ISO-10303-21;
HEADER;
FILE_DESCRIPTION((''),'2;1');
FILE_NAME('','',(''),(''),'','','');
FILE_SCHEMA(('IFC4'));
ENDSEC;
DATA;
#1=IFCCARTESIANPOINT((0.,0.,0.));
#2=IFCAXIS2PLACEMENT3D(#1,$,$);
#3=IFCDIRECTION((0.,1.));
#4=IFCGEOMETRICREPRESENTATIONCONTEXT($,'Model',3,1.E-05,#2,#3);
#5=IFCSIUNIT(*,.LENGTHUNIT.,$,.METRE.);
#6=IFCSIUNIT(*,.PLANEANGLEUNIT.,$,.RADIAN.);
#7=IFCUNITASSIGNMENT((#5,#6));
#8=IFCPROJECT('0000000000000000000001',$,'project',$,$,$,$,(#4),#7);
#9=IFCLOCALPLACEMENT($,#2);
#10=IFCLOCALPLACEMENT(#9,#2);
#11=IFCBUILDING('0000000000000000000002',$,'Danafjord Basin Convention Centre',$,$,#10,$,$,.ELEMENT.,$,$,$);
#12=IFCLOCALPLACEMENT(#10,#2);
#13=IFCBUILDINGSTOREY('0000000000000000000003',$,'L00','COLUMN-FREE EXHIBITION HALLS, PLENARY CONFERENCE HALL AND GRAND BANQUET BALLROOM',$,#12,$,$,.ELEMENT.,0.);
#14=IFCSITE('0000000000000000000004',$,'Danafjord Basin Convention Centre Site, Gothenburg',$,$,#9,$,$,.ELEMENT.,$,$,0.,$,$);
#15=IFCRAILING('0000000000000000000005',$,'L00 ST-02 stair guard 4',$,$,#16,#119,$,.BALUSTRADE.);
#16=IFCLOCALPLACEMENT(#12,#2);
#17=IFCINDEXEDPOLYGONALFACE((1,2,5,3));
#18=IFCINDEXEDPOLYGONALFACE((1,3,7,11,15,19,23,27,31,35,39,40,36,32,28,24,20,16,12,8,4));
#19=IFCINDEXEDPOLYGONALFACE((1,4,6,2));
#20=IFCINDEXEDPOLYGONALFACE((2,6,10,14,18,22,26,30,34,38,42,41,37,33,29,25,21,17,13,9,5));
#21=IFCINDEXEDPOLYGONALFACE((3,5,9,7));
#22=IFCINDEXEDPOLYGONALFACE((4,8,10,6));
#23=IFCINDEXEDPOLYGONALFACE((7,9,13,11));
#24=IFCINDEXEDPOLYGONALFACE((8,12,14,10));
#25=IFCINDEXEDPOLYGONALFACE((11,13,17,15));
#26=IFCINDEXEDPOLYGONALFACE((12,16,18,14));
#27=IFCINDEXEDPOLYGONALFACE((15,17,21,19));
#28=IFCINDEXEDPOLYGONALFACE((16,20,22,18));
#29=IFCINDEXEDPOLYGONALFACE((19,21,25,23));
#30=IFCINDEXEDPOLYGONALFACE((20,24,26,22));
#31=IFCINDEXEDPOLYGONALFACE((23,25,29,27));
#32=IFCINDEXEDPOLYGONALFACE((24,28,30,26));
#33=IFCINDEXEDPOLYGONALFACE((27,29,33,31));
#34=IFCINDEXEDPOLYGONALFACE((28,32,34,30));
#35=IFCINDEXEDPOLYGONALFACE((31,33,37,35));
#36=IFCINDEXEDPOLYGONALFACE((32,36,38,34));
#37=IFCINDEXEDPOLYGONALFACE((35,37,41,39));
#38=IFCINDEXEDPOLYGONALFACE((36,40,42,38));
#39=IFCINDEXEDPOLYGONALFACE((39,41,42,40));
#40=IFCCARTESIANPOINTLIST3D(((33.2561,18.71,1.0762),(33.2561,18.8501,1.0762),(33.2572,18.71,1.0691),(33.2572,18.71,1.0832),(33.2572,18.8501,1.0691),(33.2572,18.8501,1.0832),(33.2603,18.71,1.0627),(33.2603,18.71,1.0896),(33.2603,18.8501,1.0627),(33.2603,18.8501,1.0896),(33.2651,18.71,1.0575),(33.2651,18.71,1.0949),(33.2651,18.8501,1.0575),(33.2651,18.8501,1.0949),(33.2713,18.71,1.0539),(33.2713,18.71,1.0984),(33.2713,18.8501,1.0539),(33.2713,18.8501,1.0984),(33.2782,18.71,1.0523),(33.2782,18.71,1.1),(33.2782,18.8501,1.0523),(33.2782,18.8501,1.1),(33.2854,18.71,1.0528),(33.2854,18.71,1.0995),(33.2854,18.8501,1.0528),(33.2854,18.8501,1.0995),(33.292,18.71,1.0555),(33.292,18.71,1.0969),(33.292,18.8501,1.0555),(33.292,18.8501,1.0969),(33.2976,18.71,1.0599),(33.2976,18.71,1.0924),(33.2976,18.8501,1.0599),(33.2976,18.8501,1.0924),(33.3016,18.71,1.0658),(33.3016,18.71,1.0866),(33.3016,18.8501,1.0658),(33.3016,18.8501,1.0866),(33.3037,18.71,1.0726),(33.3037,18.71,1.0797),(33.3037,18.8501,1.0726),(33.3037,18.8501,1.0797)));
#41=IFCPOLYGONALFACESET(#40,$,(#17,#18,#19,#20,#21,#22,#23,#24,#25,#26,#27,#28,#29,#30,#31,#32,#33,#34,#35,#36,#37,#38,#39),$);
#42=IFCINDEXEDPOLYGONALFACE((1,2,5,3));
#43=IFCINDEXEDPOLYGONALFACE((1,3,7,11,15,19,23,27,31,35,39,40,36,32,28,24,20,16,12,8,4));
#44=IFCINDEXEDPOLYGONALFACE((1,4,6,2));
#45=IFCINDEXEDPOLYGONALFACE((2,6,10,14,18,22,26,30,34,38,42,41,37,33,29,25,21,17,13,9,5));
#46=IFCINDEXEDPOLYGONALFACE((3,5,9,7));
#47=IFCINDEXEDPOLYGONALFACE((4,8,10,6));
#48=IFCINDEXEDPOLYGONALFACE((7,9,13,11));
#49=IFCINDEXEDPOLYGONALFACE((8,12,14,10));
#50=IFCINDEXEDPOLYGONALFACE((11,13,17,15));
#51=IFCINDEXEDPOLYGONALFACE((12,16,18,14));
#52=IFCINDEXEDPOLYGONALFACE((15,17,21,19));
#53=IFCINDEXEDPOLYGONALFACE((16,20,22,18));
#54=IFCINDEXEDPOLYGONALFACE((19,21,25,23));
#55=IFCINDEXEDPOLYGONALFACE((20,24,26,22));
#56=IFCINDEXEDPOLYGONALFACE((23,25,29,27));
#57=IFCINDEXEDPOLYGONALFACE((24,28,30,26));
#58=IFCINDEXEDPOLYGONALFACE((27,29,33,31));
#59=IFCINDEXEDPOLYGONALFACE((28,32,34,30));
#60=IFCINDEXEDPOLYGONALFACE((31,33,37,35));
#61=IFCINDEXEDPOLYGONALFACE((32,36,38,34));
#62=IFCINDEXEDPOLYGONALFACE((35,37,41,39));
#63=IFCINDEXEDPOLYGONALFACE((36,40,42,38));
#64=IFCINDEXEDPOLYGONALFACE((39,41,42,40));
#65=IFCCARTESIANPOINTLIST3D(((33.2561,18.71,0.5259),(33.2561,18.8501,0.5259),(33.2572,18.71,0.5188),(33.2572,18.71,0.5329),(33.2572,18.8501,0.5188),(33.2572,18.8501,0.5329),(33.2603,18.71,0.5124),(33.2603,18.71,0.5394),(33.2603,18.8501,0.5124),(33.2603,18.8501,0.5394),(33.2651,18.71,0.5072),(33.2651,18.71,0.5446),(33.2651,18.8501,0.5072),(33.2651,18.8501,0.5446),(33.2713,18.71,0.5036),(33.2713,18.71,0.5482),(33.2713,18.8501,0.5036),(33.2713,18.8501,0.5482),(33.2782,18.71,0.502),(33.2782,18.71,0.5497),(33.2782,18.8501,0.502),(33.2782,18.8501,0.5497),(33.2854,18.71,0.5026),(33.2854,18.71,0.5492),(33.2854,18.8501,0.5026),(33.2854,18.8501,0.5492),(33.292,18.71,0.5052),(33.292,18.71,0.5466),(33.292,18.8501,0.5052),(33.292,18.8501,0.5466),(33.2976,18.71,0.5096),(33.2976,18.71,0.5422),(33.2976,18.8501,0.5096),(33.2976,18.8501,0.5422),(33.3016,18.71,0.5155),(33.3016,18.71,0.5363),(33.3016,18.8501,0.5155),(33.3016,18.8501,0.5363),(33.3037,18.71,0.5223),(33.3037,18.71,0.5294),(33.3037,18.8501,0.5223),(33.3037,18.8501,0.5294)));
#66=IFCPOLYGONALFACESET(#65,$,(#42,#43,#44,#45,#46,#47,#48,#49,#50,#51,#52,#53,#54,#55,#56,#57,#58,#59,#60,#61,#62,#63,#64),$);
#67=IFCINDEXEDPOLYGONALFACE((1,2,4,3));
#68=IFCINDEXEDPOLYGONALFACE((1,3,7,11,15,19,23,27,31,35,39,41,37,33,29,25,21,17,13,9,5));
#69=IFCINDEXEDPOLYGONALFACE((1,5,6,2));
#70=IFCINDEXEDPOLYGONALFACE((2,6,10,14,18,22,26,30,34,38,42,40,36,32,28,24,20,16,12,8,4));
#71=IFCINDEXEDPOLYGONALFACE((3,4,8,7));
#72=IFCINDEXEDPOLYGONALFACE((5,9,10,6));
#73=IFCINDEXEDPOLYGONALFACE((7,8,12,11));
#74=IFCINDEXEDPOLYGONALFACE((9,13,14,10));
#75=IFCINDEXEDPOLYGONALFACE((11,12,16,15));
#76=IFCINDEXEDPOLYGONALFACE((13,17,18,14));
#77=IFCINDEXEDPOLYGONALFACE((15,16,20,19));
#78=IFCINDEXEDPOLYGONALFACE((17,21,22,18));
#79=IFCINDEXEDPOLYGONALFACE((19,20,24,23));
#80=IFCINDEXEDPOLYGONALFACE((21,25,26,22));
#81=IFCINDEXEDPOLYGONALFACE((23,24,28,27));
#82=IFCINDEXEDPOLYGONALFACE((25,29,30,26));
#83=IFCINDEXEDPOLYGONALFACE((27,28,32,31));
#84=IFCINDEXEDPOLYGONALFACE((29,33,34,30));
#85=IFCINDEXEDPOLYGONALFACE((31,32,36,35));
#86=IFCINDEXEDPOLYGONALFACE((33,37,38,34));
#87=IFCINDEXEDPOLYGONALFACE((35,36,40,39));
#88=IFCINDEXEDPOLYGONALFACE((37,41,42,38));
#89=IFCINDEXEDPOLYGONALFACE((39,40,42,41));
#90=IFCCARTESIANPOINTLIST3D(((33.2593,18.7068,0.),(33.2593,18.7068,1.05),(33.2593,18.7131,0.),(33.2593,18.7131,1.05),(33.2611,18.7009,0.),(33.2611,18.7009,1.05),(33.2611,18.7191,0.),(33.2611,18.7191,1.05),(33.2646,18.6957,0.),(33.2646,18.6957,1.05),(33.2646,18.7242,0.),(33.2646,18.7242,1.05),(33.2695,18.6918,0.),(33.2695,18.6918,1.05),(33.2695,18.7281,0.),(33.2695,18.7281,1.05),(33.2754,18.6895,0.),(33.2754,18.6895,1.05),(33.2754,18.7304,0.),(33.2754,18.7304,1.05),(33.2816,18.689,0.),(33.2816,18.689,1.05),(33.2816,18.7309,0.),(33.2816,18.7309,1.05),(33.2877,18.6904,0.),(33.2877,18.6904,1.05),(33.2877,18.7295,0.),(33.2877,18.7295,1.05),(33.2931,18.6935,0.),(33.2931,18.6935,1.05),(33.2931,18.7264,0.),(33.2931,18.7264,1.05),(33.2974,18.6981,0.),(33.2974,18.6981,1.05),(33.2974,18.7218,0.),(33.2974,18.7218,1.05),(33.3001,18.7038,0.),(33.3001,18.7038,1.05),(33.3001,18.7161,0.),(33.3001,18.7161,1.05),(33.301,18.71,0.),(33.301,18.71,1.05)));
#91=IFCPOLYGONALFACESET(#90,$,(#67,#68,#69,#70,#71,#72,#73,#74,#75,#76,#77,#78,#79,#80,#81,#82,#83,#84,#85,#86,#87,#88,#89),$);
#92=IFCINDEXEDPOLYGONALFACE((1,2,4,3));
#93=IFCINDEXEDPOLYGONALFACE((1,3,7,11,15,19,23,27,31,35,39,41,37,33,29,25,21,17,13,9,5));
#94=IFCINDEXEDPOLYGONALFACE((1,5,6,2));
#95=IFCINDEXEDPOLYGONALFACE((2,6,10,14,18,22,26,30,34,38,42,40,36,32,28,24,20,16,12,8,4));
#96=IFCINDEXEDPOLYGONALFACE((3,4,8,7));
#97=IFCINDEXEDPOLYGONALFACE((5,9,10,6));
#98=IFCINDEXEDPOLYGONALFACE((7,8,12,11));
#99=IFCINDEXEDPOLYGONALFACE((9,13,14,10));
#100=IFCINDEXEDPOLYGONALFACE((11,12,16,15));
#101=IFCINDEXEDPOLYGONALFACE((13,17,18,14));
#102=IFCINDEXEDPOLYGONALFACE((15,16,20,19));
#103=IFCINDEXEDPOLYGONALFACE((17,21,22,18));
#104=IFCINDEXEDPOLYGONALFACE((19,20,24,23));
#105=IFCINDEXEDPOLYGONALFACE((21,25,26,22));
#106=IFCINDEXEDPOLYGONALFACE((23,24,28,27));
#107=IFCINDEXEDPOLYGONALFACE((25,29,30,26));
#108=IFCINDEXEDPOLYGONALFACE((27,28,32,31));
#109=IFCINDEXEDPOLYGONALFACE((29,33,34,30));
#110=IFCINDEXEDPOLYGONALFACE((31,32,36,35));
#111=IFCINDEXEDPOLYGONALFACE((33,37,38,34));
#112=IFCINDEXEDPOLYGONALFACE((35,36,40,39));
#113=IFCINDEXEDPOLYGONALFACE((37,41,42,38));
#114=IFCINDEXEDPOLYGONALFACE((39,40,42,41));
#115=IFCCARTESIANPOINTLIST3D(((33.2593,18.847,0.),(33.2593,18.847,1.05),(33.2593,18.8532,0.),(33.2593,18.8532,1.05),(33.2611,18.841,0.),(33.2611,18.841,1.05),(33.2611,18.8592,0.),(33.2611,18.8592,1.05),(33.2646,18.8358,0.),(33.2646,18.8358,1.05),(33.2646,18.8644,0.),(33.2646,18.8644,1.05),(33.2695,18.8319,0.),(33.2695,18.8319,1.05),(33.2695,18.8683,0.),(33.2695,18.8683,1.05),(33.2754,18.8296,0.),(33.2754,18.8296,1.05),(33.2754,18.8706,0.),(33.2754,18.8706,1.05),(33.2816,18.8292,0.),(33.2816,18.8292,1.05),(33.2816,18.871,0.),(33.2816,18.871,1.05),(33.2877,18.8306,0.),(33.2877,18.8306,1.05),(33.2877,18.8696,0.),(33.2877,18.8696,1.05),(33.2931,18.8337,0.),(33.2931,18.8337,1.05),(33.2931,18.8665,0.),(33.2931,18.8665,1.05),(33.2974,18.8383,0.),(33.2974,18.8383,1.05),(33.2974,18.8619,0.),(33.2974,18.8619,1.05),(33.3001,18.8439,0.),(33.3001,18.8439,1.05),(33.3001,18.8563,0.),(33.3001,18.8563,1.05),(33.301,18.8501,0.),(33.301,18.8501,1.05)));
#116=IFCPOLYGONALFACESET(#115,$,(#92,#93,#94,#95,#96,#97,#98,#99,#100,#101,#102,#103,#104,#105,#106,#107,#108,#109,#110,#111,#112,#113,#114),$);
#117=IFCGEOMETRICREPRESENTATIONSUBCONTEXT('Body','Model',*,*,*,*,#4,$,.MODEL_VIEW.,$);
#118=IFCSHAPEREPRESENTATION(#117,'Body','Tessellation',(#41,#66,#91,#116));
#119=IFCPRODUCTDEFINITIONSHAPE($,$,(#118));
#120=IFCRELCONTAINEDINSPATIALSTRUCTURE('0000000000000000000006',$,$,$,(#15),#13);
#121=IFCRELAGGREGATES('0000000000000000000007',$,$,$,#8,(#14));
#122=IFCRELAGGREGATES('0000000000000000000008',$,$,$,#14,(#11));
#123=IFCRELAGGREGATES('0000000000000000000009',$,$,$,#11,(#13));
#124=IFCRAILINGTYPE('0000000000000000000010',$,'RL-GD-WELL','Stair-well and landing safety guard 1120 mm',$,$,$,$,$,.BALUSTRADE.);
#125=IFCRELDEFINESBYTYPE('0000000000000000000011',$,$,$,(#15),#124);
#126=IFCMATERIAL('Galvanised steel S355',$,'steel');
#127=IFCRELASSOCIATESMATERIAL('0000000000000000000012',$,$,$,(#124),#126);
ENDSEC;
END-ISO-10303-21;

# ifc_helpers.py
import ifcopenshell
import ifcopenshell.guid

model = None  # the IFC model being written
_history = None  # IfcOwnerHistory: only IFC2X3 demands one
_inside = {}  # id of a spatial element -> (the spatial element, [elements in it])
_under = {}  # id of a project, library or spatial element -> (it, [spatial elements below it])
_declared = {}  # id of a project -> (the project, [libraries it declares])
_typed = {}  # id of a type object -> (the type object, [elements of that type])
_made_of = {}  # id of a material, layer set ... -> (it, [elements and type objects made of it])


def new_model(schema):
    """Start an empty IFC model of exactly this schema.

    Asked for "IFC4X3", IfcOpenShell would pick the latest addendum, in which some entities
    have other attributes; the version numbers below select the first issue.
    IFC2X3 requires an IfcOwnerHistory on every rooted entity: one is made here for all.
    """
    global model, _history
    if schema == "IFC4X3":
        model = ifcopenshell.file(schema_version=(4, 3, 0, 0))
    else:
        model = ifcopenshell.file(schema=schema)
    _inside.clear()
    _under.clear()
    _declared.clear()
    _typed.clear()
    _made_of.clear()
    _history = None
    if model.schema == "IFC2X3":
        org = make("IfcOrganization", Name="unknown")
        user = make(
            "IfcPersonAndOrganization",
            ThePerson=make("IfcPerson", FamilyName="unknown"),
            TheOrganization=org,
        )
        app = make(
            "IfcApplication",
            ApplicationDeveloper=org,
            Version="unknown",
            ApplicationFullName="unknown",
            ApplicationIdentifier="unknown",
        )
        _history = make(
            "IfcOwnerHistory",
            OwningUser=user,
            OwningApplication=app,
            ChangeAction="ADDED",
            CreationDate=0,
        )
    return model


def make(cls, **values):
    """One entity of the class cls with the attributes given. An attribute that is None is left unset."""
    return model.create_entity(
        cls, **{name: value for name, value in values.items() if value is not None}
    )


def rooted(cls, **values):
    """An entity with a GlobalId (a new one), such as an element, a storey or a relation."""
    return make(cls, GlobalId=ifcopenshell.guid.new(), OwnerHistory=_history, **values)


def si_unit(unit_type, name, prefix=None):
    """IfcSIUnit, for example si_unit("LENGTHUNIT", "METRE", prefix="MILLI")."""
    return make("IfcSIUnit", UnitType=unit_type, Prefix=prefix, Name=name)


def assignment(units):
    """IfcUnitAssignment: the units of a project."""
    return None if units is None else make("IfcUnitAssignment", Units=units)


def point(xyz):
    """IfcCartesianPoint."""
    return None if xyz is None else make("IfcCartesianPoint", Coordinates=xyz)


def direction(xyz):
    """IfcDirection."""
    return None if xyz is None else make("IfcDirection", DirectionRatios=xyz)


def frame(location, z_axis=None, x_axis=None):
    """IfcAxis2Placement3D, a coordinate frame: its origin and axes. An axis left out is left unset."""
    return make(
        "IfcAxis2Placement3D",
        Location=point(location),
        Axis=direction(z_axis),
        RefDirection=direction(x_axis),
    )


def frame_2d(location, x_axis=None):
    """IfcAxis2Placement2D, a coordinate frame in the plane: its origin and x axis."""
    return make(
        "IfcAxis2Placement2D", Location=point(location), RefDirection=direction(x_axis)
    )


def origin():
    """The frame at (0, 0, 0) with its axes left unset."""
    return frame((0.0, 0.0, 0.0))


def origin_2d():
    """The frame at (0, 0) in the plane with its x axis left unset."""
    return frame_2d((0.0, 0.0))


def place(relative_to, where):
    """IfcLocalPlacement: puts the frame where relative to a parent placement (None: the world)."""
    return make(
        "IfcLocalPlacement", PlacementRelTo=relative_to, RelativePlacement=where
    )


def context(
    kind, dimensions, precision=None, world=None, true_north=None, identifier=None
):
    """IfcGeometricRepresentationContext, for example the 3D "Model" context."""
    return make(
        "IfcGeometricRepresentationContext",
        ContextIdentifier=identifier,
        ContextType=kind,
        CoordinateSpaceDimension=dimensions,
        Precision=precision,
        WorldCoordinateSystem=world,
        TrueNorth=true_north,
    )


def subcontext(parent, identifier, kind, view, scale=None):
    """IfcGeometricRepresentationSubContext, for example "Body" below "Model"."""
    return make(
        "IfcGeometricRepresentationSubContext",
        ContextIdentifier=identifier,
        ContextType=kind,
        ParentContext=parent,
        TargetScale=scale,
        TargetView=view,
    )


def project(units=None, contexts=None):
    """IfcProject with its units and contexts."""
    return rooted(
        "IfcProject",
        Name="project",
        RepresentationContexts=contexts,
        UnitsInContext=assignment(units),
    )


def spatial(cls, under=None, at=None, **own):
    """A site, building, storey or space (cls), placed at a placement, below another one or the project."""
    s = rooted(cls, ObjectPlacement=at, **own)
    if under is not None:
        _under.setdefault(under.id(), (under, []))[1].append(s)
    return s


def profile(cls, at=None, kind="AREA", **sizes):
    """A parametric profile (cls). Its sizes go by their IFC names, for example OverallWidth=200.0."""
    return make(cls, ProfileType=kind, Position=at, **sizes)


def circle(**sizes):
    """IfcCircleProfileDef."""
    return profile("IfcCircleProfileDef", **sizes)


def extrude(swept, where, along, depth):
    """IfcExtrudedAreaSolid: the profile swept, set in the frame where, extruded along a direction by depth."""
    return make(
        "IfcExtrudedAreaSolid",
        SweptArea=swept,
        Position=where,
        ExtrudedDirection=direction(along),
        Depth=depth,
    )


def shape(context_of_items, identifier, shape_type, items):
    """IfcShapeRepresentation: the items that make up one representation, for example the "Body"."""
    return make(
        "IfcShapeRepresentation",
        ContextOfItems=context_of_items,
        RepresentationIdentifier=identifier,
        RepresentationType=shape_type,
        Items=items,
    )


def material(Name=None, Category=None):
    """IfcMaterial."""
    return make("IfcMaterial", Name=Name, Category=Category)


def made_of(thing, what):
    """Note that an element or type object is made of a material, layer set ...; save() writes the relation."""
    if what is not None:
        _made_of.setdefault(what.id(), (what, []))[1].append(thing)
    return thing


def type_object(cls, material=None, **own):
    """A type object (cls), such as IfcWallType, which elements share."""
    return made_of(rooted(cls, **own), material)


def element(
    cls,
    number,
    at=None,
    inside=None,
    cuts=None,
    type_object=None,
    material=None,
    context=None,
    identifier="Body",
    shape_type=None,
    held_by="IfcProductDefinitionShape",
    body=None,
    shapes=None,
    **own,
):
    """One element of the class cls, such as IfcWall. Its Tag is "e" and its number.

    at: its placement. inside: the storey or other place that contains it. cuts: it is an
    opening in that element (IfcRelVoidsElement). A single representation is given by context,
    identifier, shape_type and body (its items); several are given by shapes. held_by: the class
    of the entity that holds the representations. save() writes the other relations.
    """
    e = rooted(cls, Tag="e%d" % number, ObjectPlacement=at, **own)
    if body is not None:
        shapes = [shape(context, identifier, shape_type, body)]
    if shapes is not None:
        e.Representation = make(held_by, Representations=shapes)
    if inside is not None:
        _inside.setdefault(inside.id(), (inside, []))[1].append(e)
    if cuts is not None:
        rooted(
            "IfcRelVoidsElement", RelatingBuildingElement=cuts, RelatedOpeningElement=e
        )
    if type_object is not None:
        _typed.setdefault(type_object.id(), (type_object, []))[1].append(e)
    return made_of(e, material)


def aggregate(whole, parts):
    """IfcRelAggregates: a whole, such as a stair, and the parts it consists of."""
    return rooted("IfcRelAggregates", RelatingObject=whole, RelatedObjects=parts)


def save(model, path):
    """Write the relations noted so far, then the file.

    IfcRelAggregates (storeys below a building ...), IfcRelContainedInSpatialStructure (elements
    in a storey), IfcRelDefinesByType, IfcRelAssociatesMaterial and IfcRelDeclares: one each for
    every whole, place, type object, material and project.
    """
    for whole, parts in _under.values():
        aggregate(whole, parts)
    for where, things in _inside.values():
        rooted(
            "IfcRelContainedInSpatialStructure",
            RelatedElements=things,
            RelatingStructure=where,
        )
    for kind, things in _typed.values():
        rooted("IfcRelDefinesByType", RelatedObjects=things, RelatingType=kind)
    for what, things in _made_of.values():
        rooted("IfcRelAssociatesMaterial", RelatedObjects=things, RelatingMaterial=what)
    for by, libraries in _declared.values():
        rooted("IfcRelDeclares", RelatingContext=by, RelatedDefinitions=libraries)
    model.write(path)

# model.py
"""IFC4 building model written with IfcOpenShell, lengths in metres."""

from ifc_helpers import new_model, si_unit, direction, frame, origin, origin_2d, place, context, subcontext, project, spatial, circle, extrude, material, type_object, element, save


model = new_model("IFC4")

# Units and contexts
model_context = context("Model", 3, precision=1e-05, world=origin(), true_north=direction((0.0, 1.0)))
body_context = subcontext(model_context, "Body", "Model", "MODEL_VIEW")
ifc_project = project(units=[si_unit("LENGTHUNIT", "METRE"), si_unit("PLANEANGLEUNIT", "RADIAN")], contexts=[model_context])

# Site, building, storey
site_placement = place(None, origin())
site = spatial("IfcSite", under=ifc_project, at=site_placement, Name="Danafjord Basin Convention Centre Site, Gothenburg", CompositionType="ELEMENT", RefElevation=0.0)
building_placement = place(site_placement, origin())
building = spatial("IfcBuilding", under=site, at=building_placement, Name="Danafjord Basin Convention Centre", CompositionType="ELEMENT")
storey_placement = place(building_placement, origin())
storey = spatial("IfcBuildingStorey", under=building, at=storey_placement, Name="L00", Description="COLUMN-FREE EXHIBITION HALLS, PLENARY CONFERENCE HALL AND GRAND BANQUET BALLROOM", CompositionType="ELEMENT", Elevation=0.0)

# Railing
ifc_material_1 = material(Name="Galvanised steel S355", Category="steel")
railing_type_1 = type_object("IfcRailingType", Name="RL-GD-WELL", Description="Stair-well and landing safety guard 1120 mm", PredefinedType="BALUSTRADE", material=ifc_material_1)
railing_1_placement = place(storey_placement, frame((33.28, 18.71, 0.0)))
element("IfcRailing", 1, at=railing_1_placement, inside=storey, type_object=railing_type_1, Name="L00 ST-02 stair guard 4", PredefinedType="BALUSTRADE", context=body_context, shape_type="SweptSolid", body=[
    extrude(circle(Radius=0.0239, at=origin_2d()), frame((0.0, 0.0, 1.0762), z_axis=(0.0, 1.0, 0.0), x_axis=(-1.0, 0.0, 0.0)), (0.0, 0.0, 1.0), 0.1401),
    extrude(circle(Radius=0.0239, at=origin_2d()), frame((0.0, 0.0, 0.5259), z_axis=(0.0, 1.0, 0.0), x_axis=(-1.0, 0.0, 0.0)), (0.0, 0.0, 1.0), 0.1401),
    extrude(circle(Radius=0.021, at=origin_2d()), origin(), (0.0, 0.0, 1.0), 1.05),
    extrude(circle(Radius=0.021, at=origin_2d()), frame((0.0, 0.1401, 0.0)), (0.0, 0.0, 1.0), 1.05),
])

save(model, "model.ifc")
